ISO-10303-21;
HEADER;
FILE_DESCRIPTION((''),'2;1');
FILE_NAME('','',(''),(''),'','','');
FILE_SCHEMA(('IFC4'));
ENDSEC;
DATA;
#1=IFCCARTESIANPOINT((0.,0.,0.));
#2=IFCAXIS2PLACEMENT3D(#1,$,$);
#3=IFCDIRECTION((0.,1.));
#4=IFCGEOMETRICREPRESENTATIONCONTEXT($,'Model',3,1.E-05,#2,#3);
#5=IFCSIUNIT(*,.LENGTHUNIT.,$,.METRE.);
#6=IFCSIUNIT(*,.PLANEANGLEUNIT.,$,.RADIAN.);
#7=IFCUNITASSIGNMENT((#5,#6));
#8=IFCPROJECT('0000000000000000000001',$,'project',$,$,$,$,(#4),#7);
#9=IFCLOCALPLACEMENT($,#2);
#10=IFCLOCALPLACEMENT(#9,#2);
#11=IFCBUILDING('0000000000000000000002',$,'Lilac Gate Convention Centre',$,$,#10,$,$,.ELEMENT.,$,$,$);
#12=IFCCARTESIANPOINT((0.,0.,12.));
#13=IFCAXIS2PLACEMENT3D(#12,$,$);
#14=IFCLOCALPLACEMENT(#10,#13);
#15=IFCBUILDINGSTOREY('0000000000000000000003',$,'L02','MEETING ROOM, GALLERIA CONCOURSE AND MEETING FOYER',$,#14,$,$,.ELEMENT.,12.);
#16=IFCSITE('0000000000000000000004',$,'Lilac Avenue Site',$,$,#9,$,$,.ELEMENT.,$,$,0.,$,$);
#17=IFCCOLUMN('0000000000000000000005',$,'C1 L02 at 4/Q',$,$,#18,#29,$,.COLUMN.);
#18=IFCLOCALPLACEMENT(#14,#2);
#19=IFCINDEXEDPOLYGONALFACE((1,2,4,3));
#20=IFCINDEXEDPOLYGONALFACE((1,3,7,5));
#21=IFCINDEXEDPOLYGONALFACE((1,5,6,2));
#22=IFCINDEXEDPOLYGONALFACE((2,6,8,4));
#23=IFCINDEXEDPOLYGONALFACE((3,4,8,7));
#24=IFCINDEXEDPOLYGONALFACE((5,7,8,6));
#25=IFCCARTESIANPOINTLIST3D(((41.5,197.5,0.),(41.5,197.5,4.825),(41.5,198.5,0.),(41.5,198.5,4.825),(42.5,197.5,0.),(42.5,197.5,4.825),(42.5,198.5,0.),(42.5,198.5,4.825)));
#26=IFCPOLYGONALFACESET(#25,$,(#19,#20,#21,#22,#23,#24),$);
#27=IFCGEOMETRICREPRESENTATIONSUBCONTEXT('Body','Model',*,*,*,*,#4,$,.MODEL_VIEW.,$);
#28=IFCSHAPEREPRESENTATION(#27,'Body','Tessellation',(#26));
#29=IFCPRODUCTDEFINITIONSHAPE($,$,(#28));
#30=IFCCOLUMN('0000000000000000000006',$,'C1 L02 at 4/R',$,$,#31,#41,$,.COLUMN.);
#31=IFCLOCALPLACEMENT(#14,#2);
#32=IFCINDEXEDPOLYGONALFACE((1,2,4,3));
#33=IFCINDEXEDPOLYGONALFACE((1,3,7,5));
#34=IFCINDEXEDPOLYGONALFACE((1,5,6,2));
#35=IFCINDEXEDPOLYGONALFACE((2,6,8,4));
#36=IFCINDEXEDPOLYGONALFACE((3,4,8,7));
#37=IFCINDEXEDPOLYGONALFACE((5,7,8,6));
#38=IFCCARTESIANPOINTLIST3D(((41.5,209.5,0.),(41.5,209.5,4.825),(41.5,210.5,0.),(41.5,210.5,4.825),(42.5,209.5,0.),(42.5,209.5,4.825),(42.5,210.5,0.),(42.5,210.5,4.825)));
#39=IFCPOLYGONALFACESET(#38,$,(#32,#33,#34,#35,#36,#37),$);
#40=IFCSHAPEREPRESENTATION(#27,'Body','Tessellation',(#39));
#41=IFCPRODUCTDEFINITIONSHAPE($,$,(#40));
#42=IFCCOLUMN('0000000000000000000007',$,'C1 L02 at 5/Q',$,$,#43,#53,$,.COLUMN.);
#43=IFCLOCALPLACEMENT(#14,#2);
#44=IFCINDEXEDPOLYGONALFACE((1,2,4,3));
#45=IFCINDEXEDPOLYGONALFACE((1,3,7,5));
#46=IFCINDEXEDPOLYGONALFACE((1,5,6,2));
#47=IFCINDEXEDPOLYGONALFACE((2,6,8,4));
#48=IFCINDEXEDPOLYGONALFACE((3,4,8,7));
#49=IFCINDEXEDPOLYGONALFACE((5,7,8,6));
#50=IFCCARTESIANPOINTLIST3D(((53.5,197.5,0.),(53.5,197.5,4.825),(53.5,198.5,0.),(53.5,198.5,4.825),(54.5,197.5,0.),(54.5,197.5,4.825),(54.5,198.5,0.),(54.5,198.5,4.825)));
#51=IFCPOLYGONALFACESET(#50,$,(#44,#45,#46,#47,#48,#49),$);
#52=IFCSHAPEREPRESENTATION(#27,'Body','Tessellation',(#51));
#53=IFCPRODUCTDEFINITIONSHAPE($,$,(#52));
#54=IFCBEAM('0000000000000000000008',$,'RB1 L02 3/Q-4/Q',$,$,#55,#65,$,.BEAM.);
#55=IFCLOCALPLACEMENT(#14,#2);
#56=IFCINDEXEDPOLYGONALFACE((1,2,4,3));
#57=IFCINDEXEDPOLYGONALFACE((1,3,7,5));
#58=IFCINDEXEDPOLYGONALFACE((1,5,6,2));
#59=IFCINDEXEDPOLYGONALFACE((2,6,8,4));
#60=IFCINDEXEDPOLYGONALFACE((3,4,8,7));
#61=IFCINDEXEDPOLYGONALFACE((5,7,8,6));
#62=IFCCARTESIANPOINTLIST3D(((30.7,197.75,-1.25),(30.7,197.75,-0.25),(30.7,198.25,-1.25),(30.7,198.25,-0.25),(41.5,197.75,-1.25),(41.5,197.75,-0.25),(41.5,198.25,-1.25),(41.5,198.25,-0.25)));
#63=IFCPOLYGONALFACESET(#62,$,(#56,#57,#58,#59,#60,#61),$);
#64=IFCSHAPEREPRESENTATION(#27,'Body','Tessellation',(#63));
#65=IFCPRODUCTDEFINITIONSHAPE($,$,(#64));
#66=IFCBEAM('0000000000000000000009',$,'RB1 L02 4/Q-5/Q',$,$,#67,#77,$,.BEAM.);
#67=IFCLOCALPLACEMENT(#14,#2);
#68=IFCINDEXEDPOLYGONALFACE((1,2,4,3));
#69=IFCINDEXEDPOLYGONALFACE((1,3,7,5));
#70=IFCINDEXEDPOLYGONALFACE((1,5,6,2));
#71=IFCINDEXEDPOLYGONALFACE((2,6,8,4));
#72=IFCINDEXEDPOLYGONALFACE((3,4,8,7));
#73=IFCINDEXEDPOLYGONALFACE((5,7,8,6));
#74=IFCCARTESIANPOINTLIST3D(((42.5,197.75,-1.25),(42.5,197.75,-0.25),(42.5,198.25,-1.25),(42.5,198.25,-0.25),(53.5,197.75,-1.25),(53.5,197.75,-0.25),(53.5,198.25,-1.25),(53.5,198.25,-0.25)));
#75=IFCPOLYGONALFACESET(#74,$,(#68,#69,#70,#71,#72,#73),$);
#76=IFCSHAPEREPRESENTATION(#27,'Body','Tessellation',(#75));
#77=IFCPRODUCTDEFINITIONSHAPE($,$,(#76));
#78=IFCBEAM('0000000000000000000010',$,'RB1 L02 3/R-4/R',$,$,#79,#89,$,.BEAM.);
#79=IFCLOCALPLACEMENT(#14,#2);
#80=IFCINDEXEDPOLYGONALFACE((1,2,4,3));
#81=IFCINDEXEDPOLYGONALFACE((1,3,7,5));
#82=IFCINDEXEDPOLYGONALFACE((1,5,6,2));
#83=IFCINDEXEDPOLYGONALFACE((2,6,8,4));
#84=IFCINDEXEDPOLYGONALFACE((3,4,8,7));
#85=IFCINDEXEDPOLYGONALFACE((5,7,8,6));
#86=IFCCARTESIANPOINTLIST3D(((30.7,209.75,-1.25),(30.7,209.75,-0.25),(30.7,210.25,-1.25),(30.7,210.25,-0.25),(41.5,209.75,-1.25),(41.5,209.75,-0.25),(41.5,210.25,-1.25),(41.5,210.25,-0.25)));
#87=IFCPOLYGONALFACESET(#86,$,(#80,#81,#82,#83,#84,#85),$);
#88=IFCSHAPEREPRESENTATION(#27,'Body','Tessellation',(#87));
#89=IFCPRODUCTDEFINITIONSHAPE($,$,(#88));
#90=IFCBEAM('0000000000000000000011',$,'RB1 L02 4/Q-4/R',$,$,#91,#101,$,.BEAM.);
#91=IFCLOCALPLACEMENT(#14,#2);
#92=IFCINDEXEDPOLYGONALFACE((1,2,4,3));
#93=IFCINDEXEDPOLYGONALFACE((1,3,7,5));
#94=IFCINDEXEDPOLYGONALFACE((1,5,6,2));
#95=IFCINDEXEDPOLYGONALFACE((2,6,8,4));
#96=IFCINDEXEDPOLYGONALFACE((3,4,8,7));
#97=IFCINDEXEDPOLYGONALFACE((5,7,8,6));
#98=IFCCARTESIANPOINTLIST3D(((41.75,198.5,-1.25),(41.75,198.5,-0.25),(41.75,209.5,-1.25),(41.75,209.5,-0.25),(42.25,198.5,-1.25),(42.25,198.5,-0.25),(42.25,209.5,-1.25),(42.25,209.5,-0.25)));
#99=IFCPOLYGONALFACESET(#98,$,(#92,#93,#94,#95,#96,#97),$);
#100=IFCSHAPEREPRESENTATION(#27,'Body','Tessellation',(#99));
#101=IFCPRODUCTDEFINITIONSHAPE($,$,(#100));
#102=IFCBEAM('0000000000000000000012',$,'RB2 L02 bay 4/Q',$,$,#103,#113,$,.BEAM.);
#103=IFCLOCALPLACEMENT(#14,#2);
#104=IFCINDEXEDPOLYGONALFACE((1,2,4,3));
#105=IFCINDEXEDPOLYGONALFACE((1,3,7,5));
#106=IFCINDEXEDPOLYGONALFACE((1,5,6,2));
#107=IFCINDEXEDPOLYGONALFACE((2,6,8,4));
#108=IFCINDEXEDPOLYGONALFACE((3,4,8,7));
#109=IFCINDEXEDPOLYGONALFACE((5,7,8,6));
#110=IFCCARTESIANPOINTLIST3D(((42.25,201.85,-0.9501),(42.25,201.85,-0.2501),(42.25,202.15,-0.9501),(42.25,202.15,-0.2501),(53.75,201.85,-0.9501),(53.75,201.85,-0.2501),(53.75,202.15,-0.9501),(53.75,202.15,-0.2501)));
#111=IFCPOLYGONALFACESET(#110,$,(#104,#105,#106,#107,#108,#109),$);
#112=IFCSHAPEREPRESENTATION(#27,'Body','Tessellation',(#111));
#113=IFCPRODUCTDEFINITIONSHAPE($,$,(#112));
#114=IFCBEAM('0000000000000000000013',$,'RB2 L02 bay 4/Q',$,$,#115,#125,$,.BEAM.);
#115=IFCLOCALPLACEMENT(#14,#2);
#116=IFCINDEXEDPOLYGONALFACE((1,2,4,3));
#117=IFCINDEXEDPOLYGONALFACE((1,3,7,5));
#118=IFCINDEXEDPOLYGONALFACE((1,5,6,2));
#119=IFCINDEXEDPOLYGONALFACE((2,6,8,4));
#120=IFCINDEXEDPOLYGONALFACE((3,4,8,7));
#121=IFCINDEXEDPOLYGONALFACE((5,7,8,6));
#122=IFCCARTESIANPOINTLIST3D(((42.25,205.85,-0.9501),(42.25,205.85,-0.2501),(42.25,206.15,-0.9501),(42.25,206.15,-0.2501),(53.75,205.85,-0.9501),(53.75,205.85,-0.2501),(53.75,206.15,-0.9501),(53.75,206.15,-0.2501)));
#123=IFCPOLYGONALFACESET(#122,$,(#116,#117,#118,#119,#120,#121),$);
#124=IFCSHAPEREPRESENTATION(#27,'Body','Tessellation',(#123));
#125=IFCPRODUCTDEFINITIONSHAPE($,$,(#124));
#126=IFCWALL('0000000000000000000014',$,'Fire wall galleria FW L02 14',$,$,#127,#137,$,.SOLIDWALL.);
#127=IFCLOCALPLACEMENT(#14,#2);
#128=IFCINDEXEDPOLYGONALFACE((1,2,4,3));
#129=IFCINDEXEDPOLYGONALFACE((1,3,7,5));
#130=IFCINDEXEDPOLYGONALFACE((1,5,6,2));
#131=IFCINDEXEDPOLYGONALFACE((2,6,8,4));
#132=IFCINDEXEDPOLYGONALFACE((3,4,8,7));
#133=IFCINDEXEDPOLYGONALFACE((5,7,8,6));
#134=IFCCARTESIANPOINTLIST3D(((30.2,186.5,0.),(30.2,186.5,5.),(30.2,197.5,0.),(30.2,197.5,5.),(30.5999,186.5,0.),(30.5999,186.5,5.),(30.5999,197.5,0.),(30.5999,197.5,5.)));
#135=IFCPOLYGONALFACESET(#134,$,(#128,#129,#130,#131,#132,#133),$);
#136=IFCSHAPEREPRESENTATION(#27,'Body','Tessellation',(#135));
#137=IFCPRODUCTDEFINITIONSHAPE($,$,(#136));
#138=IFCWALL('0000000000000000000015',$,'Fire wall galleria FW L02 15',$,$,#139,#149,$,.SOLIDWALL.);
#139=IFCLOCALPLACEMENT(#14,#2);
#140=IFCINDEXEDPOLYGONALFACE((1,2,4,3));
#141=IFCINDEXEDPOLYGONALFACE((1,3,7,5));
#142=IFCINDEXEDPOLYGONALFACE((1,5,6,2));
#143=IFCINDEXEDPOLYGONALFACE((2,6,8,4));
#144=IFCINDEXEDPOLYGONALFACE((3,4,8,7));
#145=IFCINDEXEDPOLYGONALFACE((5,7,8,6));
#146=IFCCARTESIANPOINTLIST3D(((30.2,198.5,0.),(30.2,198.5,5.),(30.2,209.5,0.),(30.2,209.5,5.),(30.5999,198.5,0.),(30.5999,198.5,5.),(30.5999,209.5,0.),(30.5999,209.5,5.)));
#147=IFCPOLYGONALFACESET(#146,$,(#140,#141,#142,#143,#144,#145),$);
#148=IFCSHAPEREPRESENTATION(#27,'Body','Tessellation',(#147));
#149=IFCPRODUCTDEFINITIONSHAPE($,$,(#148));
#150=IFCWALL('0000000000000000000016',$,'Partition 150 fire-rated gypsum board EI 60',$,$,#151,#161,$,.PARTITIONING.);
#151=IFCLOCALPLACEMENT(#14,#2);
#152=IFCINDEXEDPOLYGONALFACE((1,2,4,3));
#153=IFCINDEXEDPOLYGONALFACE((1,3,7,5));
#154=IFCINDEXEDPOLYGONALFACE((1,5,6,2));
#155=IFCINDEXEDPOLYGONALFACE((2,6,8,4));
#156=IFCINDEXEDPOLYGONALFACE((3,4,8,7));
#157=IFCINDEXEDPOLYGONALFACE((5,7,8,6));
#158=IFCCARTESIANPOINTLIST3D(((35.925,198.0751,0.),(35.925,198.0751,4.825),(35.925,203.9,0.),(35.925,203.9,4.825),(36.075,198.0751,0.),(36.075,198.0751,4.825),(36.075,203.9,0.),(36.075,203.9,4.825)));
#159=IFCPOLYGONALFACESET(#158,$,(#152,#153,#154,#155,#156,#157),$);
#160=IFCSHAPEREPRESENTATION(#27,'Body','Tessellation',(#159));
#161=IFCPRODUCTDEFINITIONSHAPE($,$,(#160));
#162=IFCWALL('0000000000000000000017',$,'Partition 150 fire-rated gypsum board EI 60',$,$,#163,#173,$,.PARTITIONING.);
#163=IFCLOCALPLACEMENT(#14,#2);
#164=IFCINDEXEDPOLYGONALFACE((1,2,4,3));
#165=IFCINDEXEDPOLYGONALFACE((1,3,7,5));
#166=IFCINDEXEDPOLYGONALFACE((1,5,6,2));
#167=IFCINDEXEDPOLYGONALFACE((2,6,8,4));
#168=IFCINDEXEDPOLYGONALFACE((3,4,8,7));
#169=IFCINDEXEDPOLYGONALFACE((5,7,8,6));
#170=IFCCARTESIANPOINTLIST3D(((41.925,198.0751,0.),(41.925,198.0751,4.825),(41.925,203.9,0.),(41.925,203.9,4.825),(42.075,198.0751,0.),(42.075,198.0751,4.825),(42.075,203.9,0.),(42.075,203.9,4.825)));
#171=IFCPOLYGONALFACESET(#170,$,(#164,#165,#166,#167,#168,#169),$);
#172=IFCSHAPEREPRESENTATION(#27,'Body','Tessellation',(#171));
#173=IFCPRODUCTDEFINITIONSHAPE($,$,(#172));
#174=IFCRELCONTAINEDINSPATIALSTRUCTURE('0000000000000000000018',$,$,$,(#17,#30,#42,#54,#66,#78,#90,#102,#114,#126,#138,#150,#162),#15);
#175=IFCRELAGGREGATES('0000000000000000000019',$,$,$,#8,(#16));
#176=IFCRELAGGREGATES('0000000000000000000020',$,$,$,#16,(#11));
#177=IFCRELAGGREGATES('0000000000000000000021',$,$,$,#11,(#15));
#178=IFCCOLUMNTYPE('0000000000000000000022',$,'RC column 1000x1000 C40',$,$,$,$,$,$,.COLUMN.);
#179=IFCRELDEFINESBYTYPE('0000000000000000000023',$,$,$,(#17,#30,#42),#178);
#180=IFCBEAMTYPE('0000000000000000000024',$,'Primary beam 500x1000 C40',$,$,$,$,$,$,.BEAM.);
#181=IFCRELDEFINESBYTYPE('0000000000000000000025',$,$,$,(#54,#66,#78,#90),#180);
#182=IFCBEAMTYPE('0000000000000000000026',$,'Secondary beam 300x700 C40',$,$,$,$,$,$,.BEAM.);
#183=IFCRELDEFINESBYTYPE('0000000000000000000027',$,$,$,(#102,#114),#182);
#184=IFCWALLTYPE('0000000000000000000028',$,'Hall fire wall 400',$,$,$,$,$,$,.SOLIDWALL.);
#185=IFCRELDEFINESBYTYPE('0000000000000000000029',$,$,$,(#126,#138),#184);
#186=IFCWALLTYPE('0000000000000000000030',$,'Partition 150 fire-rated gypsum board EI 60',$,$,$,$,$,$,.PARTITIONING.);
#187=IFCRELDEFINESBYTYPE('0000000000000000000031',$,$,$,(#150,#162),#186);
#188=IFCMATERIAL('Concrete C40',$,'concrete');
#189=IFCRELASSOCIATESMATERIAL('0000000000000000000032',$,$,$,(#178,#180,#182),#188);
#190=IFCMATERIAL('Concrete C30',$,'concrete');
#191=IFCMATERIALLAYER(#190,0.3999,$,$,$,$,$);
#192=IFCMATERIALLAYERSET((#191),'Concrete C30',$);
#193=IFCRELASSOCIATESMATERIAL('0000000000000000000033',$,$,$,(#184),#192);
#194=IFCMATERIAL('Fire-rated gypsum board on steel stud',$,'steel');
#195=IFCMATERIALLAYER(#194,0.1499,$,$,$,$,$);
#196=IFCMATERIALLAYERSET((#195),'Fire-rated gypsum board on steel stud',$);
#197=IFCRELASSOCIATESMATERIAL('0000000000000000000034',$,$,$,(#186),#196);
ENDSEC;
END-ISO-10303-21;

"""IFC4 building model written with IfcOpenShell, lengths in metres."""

from ifc_helpers import new_model, si_unit, direction, frame, frame_2d, origin, origin_2d, place, context, subcontext, project, spatial, rectangle, extrude, material, layer, layer_set, material_profile, profile_set, type_object, element, save


model = new_model("IFC4")

# Units and contexts
model_context = context("Model", 3, precision=1e-05, world=origin(), true_north=direction((0.0, 1.0)))
body_context = subcontext(model_context, "Body", "Model", "MODEL_VIEW")
ifc_project = project(units=[si_unit("LENGTHUNIT", "METRE"), si_unit("PLANEANGLEUNIT", "RADIAN")], contexts=[model_context])

# Site, building, storey
site_placement = place(None, origin())
site = spatial("IfcSite", under=ifc_project, at=site_placement, Name="Lilac Avenue Site", CompositionType="ELEMENT", RefElevation=0.0)
building_placement = place(site_placement, origin())
building = spatial("IfcBuilding", under=site, at=building_placement, Name="Lilac Gate Convention Centre", CompositionType="ELEMENT")
storey_placement = place(building_placement, frame((0.0, 0.0, 12.0)))
storey = spatial("IfcBuildingStorey", under=building, at=storey_placement, Name="L02", Description="MEETING ROOM, GALLERIA CONCOURSE AND MEETING FOYER", CompositionType="ELEMENT", Elevation=12.0)

# Columns
ifc_material_1 = material(Name="Concrete C40", Category="concrete")
ifc_material_profile_1 = material_profile(ifc_material_1, rectangle(XDim=1.0, YDim=1.0, at=origin_2d()), Name="RC 1000x1000")
ifc_profile_set_1 = profile_set([ifc_material_profile_1], Name="Concrete C40")
column_type = type_object("IfcColumnType", Name="RC column 1000x1000 C40", PredefinedType="COLUMN", material=ifc_profile_set_1)
for number, where, z_axis, x_axis, name in (
    (1, (42.0, 198.0, 0.0), (0.0, 0.0, 1.0), (1.0, 0.0, 0.0), "C1 L02 at 4/Q"),
    (2, (42.0, 210.0, 0.0), (0.0, 0.0, 1.0), (1.0, 0.0, 0.0), "C1 L02 at 4/R"),
    (3, (54.0, 198.0, 0.0), (0.0, 0.0, 1.0), (1.0, 0.0, 0.0), "C1 L02 at 5/Q"),
):
    element("IfcColumn", number, at=place(storey_placement, frame(where, z_axis=z_axis, x_axis=x_axis)), inside=storey, type_object=column_type, Name=name, PredefinedType="COLUMN", context=body_context, shape_type="SweptSolid", body=[
        extrude(rectangle(XDim=1.0, YDim=1.0, at=origin_2d()), origin(), (0.0, 0.0, 1.0), 4.825),
    ])

# Beams
ifc_material_profile_2 = material_profile(ifc_material_1, rectangle(XDim=0.5, YDim=1.0, at=origin_2d()), Name="RC 500x1000")
ifc_profile_set_2 = profile_set([ifc_material_profile_2], Name="Concrete C40")
beam_type_1 = type_object("IfcBeamType", Name="Primary beam 500x1000 C40", PredefinedType="BEAM", material=ifc_profile_set_2)
beam_1_placement = place(storey_placement, frame((30.7, 198.0, -0.75), z_axis=(1.0, 0.0, 0.0), x_axis=(0.0, 1.0, 0.0)))
element("IfcBeam", 4, at=beam_1_placement, inside=storey, type_object=beam_type_1, Name="RB1 L02 3/Q-4/Q", PredefinedType="BEAM", context=body_context, shape_type="SweptSolid", body=[
    extrude(rectangle(XDim=0.5, YDim=1.0, at=origin_2d()), origin(), (0.0, 0.0, 1.0), 10.8),
])
beam_2_placement = place(storey_placement, frame((42.5, 198.0, -0.75), z_axis=(1.0, 0.0, 0.0), x_axis=(0.0, 1.0, 0.0)))
element("IfcBeam", 5, at=beam_2_placement, inside=storey, type_object=beam_type_1, Name="RB1 L02 4/Q-5/Q", PredefinedType="BEAM", context=body_context, shape_type="SweptSolid", body=[
    extrude(rectangle(XDim=0.5, YDim=1.0, at=origin_2d()), origin(), (0.0, 0.0, 1.0), 11.0),
])
beam_3_placement = place(storey_placement, frame((30.7, 210.0, -0.75), z_axis=(1.0, 0.0, 0.0), x_axis=(0.0, 1.0, 0.0)))
element("IfcBeam", 6, at=beam_3_placement, inside=storey, type_object=beam_type_1, Name="RB1 L02 3/R-4/R", PredefinedType="BEAM", context=body_context, shape_type="SweptSolid", body=[
    extrude(rectangle(XDim=0.5, YDim=1.0, at=origin_2d()), origin(), (0.0, 0.0, 1.0), 10.8),
])
beam_4_placement = place(storey_placement, frame((42.0, 198.5, -0.75), z_axis=(0.0, 1.0, 0.0), x_axis=(-1.0, 0.0, 0.0)))
element("IfcBeam", 7, at=beam_4_placement, inside=storey, type_object=beam_type_1, Name="RB1 L02 4/Q-4/R", PredefinedType="BEAM", context=body_context, shape_type="SweptSolid", body=[
    extrude(rectangle(XDim=0.5, YDim=1.0, at=origin_2d()), origin(), (0.0, 0.0, 1.0), 11.0),
])
ifc_material_profile_3 = material_profile(ifc_material_1, rectangle(XDim=0.3, YDim=0.7, at=origin_2d()), Name="RC 300x700")
ifc_profile_set_3 = profile_set([ifc_material_profile_3], Name="Concrete C40")
beam_type_2 = type_object("IfcBeamType", Name="Secondary beam 300x700 C40", PredefinedType="BEAM", material=ifc_profile_set_3)
for number, where, z_axis, x_axis, name in (
    (8, (42.25, 202.0, -0.6001), (1.0, 0.0, 0.0), (0.0, 1.0, 0.0), "RB2 L02 bay 4/Q"),
    (9, (42.25, 206.0, -0.6001), (1.0, 0.0, 0.0), (0.0, 1.0, 0.0), "RB2 L02 bay 4/Q"),
):
    element("IfcBeam", number, at=place(storey_placement, frame(where, z_axis=z_axis, x_axis=x_axis)), inside=storey, type_object=beam_type_2, Name=name, PredefinedType="BEAM", context=body_context, shape_type="SweptSolid", body=[
        extrude(rectangle(XDim=0.3, YDim=0.7, at=origin_2d()), origin(), (0.0, 0.0, 1.0), 11.5),
    ])

# Walls
ifc_material_2 = material(Name="Concrete C30", Category="concrete")
ifc_layer_1 = layer(ifc_material_2, 0.3999)
ifc_layer_set_1 = layer_set([ifc_layer_1], Name="Concrete C30")
wall_type_1 = type_object("IfcWallType", Name="Hall fire wall 400", PredefinedType="SOLIDWALL", material=ifc_layer_set_1)
for number, where, z_axis, x_axis, name in (
    (10, (30.3999, 186.5, 0.0), (0.0, 0.0, 1.0), (0.0, 1.0, 0.0), "Fire wall galleria FW L02 14"),
    (11, (30.3999, 198.5, 0.0), (0.0, 0.0, 1.0), (0.0, 1.0, 0.0), "Fire wall galleria FW L02 15"),
):
    element("IfcWall", number, at=place(storey_placement, frame(where, z_axis=z_axis, x_axis=x_axis)), inside=storey, type_object=wall_type_1, Name=name, PredefinedType="SOLIDWALL", context=body_context, shape_type="SweptSolid", body=[
        extrude(rectangle(XDim=11.0, YDim=0.3999, at=frame_2d((5.5, 0.0))), origin(), (0.0, 0.0, 1.0), 5.0),
    ])
ifc_material_3 = material(Name="Fire-rated gypsum board on steel stud", Category="steel")
ifc_layer_2 = layer(ifc_material_3, 0.1499)
ifc_layer_set_2 = layer_set([ifc_layer_2], Name="Fire-rated gypsum board on steel stud")
wall_type_2 = type_object("IfcWallType", Name="Partition 150 fire-rated gypsum board EI 60", PredefinedType="PARTITIONING", material=ifc_layer_set_2)
for number, where, z_axis, x_axis, name in (
    (12, (36.0, 198.075, 0.0), (0.0, 0.0, 1.0), (0.0, 1.0, 0.0), "Partition 150 fire-rated gypsum board EI 60"),
    (13, (42.0, 198.075, 0.0), (0.0, 0.0, 1.0), (0.0, 1.0, 0.0), "Partition 150 fire-rated gypsum board EI 60"),
):
    element("IfcWall", number, at=place(storey_placement, frame(where, z_axis=z_axis, x_axis=x_axis)), inside=storey, type_object=wall_type_2, Name=name, PredefinedType="PARTITIONING", context=body_context, shape_type="SweptSolid", body=[
        extrude(rectangle(XDim=5.825, YDim=0.1499, at=frame_2d((2.9126, 0.0))), origin(), (0.0, 0.0, 1.0), 4.825),
    ])

save(model, "model.ifc")
